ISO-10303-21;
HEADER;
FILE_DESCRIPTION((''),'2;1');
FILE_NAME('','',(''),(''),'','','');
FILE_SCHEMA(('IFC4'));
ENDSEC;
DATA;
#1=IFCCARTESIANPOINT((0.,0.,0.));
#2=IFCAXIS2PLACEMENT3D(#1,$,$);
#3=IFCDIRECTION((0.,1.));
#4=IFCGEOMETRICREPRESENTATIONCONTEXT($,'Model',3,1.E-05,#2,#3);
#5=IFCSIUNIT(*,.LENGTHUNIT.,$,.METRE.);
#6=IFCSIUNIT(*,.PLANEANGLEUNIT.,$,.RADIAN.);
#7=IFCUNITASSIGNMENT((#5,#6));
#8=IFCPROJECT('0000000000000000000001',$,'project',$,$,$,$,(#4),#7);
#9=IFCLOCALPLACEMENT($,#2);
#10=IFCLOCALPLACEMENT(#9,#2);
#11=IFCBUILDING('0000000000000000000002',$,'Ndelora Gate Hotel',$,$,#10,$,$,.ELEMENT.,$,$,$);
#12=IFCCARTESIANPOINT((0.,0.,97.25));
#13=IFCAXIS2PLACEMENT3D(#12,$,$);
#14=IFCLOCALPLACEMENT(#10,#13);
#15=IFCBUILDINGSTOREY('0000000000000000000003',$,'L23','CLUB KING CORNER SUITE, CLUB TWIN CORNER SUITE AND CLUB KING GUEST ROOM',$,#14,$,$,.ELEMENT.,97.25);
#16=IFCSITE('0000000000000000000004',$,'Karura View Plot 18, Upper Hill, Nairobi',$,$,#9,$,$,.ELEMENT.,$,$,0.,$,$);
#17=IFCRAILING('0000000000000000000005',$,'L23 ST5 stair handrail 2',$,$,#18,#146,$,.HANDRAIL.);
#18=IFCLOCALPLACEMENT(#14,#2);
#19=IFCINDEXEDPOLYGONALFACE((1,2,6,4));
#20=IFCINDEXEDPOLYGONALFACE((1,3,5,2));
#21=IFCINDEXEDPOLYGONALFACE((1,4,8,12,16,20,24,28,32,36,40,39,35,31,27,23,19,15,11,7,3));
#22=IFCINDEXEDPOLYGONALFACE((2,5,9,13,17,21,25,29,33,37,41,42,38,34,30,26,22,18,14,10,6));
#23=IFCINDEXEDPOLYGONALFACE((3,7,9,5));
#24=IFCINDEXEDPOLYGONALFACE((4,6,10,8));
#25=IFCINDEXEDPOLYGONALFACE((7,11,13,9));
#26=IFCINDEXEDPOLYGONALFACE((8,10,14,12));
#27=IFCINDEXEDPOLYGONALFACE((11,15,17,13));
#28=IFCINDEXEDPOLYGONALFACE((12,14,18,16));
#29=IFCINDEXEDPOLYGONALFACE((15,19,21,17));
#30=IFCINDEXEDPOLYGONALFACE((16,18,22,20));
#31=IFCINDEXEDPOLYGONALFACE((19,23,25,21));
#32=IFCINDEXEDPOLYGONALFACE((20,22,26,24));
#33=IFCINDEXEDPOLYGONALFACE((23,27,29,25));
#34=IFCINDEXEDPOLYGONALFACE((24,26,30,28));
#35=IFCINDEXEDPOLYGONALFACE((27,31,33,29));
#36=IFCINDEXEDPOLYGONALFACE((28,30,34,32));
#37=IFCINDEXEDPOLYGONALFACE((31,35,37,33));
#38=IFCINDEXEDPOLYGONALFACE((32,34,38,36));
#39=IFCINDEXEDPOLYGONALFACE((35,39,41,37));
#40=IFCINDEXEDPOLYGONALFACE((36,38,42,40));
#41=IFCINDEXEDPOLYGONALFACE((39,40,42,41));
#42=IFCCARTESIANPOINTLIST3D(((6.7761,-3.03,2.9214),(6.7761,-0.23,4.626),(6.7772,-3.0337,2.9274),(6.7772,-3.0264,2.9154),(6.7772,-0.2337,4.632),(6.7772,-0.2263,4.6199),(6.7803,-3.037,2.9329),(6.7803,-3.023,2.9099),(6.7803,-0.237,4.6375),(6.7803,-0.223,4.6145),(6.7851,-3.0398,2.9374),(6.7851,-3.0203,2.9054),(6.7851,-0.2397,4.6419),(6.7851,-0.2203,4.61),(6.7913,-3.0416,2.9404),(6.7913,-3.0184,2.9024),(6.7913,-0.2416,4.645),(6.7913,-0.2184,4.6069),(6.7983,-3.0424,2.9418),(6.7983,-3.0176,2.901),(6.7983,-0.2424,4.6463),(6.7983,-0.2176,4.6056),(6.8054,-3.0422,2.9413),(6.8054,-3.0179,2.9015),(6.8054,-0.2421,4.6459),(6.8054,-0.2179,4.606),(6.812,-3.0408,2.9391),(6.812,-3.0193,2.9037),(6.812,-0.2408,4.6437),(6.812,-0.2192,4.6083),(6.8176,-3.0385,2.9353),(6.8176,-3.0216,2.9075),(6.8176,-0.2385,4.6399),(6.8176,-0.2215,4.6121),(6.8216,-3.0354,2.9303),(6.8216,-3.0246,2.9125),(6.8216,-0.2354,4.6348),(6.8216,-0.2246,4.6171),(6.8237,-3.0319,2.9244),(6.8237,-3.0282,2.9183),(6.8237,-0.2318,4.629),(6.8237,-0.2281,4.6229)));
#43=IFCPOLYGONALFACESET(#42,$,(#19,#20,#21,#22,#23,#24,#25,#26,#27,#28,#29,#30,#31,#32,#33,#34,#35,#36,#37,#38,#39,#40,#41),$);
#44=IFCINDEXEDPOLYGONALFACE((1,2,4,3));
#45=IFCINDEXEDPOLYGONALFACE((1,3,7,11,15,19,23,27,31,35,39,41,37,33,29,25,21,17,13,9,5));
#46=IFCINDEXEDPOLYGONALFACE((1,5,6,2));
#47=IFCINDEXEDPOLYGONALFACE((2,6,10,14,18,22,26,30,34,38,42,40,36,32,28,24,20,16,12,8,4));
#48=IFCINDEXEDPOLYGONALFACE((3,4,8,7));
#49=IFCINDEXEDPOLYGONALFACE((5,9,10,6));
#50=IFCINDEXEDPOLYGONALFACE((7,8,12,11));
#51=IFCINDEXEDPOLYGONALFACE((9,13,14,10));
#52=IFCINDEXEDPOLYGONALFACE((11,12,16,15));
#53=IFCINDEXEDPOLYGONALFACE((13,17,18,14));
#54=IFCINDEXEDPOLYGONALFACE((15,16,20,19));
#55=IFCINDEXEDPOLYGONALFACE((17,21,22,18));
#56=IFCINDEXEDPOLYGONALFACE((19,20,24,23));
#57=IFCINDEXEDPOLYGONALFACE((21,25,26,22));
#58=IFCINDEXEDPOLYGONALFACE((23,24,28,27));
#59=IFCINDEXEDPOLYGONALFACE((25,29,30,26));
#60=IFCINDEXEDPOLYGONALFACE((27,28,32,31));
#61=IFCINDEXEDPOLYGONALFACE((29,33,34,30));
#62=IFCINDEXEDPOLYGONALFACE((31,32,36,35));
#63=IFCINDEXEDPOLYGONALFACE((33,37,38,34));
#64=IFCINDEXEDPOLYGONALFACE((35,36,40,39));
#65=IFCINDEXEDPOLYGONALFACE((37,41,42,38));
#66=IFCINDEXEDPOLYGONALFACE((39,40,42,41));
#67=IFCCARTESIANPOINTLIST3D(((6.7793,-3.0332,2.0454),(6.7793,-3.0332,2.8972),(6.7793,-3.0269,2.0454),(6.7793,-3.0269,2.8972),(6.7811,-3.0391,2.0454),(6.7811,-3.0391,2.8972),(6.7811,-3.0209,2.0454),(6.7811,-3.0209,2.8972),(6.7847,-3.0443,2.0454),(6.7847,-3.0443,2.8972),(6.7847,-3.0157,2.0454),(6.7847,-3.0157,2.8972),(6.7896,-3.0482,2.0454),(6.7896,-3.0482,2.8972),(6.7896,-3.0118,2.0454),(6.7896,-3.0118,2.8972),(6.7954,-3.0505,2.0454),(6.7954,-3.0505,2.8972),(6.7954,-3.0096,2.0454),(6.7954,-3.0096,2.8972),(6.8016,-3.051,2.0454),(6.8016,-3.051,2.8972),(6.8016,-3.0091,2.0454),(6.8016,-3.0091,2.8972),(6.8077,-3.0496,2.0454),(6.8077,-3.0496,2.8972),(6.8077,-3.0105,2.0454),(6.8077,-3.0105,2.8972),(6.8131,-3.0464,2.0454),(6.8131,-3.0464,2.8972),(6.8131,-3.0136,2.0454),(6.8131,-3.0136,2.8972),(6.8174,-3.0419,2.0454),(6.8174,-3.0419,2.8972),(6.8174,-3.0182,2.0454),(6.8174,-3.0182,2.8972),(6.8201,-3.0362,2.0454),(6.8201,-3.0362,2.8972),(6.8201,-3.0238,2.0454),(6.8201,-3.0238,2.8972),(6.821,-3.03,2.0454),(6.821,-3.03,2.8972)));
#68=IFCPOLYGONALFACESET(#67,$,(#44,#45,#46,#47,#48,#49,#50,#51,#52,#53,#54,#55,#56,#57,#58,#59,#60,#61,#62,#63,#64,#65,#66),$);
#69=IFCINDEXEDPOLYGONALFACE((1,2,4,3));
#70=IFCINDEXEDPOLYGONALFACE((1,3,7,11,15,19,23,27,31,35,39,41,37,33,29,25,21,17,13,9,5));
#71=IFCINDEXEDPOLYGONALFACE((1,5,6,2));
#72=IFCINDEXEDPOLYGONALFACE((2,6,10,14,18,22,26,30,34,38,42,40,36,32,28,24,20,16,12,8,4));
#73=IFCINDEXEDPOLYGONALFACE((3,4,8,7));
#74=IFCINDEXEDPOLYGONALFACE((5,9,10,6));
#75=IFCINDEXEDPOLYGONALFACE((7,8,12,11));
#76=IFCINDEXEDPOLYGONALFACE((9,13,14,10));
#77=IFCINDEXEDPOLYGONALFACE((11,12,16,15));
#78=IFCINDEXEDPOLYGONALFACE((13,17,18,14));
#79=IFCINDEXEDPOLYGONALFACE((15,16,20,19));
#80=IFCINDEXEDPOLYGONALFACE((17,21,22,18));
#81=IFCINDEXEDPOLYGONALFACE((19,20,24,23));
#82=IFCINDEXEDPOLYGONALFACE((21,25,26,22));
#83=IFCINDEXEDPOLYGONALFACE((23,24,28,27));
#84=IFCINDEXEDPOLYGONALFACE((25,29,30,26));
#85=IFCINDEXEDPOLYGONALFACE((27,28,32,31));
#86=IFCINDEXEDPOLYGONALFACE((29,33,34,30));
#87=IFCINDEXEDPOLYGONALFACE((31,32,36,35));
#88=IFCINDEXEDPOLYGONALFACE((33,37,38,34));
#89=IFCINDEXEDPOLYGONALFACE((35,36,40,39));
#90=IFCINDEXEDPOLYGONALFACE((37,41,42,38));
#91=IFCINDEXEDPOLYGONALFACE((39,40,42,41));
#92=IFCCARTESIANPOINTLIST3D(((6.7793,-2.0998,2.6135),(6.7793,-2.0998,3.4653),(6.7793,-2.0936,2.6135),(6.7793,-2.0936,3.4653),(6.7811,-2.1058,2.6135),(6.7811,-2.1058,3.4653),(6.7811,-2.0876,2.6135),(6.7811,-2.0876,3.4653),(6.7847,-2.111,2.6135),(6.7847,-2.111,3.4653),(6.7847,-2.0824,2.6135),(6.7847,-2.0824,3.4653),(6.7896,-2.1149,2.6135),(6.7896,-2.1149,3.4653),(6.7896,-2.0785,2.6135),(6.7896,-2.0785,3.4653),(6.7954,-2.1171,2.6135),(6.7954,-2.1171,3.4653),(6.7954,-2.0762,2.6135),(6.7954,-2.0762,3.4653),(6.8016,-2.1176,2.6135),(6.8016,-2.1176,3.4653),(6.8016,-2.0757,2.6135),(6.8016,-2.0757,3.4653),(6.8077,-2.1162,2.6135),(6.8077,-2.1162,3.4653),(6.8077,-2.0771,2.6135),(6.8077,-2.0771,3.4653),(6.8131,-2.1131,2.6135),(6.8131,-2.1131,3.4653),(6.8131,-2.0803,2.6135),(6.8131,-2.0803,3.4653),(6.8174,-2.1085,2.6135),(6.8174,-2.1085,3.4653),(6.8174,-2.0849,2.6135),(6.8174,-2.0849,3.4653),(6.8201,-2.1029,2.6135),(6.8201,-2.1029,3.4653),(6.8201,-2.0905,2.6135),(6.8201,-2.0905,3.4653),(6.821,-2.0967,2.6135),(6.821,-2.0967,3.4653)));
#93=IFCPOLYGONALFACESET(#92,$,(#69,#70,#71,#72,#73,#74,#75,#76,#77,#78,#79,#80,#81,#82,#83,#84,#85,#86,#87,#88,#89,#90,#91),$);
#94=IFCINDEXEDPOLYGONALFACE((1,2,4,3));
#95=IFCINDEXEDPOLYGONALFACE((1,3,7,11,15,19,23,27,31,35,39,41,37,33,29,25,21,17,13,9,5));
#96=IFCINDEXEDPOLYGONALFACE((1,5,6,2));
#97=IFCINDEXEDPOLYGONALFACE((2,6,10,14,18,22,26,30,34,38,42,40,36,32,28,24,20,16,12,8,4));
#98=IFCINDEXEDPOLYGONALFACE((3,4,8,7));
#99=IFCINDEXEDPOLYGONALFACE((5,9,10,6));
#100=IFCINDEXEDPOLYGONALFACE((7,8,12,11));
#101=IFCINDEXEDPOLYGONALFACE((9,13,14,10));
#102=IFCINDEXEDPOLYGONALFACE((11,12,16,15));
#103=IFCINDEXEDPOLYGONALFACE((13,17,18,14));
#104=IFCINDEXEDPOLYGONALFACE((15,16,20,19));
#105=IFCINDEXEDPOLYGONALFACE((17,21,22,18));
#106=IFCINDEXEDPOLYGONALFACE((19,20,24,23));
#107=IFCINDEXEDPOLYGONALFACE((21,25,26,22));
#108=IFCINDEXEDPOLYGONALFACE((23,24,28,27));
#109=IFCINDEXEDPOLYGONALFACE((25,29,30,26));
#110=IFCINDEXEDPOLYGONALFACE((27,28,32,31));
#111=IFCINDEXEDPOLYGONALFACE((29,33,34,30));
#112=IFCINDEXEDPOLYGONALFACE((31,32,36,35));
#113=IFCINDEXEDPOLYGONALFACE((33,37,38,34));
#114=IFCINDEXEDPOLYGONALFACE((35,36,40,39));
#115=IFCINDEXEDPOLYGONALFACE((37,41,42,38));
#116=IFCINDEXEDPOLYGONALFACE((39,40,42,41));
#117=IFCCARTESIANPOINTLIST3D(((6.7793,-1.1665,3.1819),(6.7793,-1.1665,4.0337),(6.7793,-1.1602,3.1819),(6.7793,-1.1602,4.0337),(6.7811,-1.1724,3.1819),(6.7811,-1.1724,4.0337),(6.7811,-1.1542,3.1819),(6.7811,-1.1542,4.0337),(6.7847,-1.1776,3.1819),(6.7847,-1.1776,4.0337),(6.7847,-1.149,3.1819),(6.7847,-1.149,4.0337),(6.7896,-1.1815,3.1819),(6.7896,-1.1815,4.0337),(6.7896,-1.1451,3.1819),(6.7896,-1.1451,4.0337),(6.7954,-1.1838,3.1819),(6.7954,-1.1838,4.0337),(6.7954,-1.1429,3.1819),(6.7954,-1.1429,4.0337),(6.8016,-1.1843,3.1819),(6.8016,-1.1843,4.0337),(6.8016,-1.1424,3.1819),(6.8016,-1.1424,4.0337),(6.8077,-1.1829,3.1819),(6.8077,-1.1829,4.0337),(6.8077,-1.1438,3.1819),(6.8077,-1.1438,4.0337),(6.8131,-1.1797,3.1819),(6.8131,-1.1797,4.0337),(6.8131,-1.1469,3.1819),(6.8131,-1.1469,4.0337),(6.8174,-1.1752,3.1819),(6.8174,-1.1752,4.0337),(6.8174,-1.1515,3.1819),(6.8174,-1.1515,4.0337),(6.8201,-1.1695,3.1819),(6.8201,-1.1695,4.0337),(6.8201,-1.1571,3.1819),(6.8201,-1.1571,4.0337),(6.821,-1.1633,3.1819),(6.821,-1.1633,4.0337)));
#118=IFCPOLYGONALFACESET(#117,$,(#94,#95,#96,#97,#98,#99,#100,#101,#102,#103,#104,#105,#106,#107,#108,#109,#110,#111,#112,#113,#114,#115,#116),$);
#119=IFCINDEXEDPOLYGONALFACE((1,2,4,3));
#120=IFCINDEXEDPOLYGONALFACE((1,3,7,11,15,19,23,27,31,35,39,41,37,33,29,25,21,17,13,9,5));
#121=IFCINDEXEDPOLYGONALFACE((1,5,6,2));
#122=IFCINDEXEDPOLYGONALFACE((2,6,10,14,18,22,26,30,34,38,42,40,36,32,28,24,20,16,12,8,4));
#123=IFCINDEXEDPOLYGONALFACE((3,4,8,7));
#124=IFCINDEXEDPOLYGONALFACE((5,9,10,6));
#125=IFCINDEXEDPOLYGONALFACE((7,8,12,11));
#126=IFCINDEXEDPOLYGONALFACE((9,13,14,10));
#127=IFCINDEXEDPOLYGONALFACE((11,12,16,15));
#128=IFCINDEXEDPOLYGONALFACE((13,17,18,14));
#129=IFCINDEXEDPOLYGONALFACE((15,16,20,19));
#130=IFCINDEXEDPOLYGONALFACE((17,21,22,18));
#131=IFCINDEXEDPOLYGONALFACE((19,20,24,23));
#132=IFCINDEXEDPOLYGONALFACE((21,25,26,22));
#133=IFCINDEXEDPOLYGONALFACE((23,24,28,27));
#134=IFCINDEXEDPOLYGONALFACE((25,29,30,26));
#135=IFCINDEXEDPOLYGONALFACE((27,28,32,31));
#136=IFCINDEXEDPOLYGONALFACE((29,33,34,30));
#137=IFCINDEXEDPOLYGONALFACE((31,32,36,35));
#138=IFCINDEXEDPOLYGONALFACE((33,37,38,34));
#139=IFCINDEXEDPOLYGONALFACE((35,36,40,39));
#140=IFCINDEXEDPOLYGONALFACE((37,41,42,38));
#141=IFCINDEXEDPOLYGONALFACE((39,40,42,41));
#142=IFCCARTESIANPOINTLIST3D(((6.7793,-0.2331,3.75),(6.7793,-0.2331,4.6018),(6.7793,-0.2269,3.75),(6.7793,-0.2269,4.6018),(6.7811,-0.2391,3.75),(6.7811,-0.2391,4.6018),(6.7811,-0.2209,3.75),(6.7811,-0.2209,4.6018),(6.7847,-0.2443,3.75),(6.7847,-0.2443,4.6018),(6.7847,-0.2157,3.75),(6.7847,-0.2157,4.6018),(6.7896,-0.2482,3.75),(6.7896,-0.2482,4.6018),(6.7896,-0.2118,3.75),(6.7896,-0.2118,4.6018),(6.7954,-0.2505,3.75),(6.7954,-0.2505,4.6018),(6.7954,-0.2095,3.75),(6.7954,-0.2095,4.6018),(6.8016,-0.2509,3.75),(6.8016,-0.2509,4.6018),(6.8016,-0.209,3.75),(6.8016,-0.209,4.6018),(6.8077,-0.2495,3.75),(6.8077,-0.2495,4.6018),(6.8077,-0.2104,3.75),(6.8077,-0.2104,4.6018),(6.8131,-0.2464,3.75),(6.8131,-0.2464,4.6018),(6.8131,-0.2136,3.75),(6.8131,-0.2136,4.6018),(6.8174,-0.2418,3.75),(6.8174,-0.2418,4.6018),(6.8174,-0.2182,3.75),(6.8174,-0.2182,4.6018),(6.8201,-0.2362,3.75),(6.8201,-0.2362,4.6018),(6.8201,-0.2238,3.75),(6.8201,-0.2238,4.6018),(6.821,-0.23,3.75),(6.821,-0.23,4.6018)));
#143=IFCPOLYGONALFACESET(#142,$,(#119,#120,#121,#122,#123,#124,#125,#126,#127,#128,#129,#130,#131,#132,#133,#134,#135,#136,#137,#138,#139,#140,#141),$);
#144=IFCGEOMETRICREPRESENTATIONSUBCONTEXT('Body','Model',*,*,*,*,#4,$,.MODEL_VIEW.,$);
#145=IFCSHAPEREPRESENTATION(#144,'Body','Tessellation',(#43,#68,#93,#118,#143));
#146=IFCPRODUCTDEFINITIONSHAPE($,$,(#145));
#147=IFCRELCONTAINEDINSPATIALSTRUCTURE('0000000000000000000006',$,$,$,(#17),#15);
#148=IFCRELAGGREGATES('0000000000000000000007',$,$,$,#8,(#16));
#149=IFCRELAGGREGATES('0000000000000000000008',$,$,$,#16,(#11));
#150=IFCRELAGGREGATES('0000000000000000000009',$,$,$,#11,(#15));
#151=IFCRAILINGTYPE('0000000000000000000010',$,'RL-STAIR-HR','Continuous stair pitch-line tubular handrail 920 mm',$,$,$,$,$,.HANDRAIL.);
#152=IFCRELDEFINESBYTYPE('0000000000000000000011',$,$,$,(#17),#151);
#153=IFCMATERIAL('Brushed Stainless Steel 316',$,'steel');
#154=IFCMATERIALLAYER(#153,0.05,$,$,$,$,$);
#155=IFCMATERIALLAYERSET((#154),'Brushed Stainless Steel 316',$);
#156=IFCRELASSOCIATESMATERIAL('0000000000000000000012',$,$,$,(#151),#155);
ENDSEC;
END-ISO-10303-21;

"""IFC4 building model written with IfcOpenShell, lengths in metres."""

from ifc_helpers import new_model, si_unit, direction, frame, origin, origin_2d, place, context, subcontext, project, spatial, circle, extrude, material, layer, layer_set, type_object, element, save


model = new_model("IFC4")

# Units and contexts
model_context = context("Model", 3, precision=1e-05, world=origin(), true_north=direction((0.0, 1.0)))
body_context = subcontext(model_context, "Body", "Model", "MODEL_VIEW")
ifc_project = project(units=[si_unit("LENGTHUNIT", "METRE"), si_unit("PLANEANGLEUNIT", "RADIAN")], contexts=[model_context])

# Site, building, storey
site_placement = place(None, origin())
site = spatial("IfcSite", under=ifc_project, at=site_placement, Name="Karura View Plot 18, Upper Hill, Nairobi", CompositionType="ELEMENT", RefElevation=0.0)
building_placement = place(site_placement, origin())
building = spatial("IfcBuilding", under=site, at=building_placement, Name="Ndelora Gate Hotel", CompositionType="ELEMENT")
storey_placement = place(building_placement, frame((0.0, 0.0, 97.25)))
storey = spatial("IfcBuildingStorey", under=building, at=storey_placement, Name="L23", Description="CLUB KING CORNER SUITE, CLUB TWIN CORNER SUITE AND CLUB KING GUEST ROOM", CompositionType="ELEMENT", Elevation=97.25)

# Railing
ifc_material_1 = material(Name="Brushed Stainless Steel 316", Category="steel")
ifc_layer_1 = layer(ifc_material_1, 0.05)
ifc_layer_set_1 = layer_set([ifc_layer_1], Name="Brushed Stainless Steel 316")
railing_type_1 = type_object("IfcRailingType", Name="RL-STAIR-HR", Description="Continuous stair pitch-line tubular handrail 920 mm", PredefinedType="HANDRAIL", material=ifc_layer_set_1)
railing_1_placement = place(storey_placement, frame((6.8, -3.03, 2.0454)))
element("IfcRailing", 1, at=railing_1_placement, inside=storey, type_object=railing_type_1, Name="L23 ST5 stair handrail 2", PredefinedType="HANDRAIL", context=body_context, shape_type="SweptSolid", body=[
    extrude(circle(Radius=0.0239, at=origin_2d()), frame((0.0, 0.0, 0.876), z_axis=(0.0, 0.85417, 0.519994), x_axis=(-1.0, 0.0, 0.0)), (0.0, 0.0, 1.0), 3.2781),
    extrude(circle(Radius=0.021, at=origin_2d()), origin(), (0.0, 0.0, 1.0), 0.8518),
    extrude(circle(Radius=0.021, at=origin_2d()), frame((0.0, 0.9333, 0.5681)), (0.0, 0.0, 1.0), 0.8518),
    extrude(circle(Radius=0.021, at=origin_2d()), frame((0.0, 1.8667, 1.1365)), (0.0, 0.0, 1.0), 0.8518),
    extrude(circle(Radius=0.021, at=origin_2d()), frame((0.0, 2.8, 1.7046)), (0.0, 0.0, 1.0), 0.8518),
])

save(model, "model.ifc")
